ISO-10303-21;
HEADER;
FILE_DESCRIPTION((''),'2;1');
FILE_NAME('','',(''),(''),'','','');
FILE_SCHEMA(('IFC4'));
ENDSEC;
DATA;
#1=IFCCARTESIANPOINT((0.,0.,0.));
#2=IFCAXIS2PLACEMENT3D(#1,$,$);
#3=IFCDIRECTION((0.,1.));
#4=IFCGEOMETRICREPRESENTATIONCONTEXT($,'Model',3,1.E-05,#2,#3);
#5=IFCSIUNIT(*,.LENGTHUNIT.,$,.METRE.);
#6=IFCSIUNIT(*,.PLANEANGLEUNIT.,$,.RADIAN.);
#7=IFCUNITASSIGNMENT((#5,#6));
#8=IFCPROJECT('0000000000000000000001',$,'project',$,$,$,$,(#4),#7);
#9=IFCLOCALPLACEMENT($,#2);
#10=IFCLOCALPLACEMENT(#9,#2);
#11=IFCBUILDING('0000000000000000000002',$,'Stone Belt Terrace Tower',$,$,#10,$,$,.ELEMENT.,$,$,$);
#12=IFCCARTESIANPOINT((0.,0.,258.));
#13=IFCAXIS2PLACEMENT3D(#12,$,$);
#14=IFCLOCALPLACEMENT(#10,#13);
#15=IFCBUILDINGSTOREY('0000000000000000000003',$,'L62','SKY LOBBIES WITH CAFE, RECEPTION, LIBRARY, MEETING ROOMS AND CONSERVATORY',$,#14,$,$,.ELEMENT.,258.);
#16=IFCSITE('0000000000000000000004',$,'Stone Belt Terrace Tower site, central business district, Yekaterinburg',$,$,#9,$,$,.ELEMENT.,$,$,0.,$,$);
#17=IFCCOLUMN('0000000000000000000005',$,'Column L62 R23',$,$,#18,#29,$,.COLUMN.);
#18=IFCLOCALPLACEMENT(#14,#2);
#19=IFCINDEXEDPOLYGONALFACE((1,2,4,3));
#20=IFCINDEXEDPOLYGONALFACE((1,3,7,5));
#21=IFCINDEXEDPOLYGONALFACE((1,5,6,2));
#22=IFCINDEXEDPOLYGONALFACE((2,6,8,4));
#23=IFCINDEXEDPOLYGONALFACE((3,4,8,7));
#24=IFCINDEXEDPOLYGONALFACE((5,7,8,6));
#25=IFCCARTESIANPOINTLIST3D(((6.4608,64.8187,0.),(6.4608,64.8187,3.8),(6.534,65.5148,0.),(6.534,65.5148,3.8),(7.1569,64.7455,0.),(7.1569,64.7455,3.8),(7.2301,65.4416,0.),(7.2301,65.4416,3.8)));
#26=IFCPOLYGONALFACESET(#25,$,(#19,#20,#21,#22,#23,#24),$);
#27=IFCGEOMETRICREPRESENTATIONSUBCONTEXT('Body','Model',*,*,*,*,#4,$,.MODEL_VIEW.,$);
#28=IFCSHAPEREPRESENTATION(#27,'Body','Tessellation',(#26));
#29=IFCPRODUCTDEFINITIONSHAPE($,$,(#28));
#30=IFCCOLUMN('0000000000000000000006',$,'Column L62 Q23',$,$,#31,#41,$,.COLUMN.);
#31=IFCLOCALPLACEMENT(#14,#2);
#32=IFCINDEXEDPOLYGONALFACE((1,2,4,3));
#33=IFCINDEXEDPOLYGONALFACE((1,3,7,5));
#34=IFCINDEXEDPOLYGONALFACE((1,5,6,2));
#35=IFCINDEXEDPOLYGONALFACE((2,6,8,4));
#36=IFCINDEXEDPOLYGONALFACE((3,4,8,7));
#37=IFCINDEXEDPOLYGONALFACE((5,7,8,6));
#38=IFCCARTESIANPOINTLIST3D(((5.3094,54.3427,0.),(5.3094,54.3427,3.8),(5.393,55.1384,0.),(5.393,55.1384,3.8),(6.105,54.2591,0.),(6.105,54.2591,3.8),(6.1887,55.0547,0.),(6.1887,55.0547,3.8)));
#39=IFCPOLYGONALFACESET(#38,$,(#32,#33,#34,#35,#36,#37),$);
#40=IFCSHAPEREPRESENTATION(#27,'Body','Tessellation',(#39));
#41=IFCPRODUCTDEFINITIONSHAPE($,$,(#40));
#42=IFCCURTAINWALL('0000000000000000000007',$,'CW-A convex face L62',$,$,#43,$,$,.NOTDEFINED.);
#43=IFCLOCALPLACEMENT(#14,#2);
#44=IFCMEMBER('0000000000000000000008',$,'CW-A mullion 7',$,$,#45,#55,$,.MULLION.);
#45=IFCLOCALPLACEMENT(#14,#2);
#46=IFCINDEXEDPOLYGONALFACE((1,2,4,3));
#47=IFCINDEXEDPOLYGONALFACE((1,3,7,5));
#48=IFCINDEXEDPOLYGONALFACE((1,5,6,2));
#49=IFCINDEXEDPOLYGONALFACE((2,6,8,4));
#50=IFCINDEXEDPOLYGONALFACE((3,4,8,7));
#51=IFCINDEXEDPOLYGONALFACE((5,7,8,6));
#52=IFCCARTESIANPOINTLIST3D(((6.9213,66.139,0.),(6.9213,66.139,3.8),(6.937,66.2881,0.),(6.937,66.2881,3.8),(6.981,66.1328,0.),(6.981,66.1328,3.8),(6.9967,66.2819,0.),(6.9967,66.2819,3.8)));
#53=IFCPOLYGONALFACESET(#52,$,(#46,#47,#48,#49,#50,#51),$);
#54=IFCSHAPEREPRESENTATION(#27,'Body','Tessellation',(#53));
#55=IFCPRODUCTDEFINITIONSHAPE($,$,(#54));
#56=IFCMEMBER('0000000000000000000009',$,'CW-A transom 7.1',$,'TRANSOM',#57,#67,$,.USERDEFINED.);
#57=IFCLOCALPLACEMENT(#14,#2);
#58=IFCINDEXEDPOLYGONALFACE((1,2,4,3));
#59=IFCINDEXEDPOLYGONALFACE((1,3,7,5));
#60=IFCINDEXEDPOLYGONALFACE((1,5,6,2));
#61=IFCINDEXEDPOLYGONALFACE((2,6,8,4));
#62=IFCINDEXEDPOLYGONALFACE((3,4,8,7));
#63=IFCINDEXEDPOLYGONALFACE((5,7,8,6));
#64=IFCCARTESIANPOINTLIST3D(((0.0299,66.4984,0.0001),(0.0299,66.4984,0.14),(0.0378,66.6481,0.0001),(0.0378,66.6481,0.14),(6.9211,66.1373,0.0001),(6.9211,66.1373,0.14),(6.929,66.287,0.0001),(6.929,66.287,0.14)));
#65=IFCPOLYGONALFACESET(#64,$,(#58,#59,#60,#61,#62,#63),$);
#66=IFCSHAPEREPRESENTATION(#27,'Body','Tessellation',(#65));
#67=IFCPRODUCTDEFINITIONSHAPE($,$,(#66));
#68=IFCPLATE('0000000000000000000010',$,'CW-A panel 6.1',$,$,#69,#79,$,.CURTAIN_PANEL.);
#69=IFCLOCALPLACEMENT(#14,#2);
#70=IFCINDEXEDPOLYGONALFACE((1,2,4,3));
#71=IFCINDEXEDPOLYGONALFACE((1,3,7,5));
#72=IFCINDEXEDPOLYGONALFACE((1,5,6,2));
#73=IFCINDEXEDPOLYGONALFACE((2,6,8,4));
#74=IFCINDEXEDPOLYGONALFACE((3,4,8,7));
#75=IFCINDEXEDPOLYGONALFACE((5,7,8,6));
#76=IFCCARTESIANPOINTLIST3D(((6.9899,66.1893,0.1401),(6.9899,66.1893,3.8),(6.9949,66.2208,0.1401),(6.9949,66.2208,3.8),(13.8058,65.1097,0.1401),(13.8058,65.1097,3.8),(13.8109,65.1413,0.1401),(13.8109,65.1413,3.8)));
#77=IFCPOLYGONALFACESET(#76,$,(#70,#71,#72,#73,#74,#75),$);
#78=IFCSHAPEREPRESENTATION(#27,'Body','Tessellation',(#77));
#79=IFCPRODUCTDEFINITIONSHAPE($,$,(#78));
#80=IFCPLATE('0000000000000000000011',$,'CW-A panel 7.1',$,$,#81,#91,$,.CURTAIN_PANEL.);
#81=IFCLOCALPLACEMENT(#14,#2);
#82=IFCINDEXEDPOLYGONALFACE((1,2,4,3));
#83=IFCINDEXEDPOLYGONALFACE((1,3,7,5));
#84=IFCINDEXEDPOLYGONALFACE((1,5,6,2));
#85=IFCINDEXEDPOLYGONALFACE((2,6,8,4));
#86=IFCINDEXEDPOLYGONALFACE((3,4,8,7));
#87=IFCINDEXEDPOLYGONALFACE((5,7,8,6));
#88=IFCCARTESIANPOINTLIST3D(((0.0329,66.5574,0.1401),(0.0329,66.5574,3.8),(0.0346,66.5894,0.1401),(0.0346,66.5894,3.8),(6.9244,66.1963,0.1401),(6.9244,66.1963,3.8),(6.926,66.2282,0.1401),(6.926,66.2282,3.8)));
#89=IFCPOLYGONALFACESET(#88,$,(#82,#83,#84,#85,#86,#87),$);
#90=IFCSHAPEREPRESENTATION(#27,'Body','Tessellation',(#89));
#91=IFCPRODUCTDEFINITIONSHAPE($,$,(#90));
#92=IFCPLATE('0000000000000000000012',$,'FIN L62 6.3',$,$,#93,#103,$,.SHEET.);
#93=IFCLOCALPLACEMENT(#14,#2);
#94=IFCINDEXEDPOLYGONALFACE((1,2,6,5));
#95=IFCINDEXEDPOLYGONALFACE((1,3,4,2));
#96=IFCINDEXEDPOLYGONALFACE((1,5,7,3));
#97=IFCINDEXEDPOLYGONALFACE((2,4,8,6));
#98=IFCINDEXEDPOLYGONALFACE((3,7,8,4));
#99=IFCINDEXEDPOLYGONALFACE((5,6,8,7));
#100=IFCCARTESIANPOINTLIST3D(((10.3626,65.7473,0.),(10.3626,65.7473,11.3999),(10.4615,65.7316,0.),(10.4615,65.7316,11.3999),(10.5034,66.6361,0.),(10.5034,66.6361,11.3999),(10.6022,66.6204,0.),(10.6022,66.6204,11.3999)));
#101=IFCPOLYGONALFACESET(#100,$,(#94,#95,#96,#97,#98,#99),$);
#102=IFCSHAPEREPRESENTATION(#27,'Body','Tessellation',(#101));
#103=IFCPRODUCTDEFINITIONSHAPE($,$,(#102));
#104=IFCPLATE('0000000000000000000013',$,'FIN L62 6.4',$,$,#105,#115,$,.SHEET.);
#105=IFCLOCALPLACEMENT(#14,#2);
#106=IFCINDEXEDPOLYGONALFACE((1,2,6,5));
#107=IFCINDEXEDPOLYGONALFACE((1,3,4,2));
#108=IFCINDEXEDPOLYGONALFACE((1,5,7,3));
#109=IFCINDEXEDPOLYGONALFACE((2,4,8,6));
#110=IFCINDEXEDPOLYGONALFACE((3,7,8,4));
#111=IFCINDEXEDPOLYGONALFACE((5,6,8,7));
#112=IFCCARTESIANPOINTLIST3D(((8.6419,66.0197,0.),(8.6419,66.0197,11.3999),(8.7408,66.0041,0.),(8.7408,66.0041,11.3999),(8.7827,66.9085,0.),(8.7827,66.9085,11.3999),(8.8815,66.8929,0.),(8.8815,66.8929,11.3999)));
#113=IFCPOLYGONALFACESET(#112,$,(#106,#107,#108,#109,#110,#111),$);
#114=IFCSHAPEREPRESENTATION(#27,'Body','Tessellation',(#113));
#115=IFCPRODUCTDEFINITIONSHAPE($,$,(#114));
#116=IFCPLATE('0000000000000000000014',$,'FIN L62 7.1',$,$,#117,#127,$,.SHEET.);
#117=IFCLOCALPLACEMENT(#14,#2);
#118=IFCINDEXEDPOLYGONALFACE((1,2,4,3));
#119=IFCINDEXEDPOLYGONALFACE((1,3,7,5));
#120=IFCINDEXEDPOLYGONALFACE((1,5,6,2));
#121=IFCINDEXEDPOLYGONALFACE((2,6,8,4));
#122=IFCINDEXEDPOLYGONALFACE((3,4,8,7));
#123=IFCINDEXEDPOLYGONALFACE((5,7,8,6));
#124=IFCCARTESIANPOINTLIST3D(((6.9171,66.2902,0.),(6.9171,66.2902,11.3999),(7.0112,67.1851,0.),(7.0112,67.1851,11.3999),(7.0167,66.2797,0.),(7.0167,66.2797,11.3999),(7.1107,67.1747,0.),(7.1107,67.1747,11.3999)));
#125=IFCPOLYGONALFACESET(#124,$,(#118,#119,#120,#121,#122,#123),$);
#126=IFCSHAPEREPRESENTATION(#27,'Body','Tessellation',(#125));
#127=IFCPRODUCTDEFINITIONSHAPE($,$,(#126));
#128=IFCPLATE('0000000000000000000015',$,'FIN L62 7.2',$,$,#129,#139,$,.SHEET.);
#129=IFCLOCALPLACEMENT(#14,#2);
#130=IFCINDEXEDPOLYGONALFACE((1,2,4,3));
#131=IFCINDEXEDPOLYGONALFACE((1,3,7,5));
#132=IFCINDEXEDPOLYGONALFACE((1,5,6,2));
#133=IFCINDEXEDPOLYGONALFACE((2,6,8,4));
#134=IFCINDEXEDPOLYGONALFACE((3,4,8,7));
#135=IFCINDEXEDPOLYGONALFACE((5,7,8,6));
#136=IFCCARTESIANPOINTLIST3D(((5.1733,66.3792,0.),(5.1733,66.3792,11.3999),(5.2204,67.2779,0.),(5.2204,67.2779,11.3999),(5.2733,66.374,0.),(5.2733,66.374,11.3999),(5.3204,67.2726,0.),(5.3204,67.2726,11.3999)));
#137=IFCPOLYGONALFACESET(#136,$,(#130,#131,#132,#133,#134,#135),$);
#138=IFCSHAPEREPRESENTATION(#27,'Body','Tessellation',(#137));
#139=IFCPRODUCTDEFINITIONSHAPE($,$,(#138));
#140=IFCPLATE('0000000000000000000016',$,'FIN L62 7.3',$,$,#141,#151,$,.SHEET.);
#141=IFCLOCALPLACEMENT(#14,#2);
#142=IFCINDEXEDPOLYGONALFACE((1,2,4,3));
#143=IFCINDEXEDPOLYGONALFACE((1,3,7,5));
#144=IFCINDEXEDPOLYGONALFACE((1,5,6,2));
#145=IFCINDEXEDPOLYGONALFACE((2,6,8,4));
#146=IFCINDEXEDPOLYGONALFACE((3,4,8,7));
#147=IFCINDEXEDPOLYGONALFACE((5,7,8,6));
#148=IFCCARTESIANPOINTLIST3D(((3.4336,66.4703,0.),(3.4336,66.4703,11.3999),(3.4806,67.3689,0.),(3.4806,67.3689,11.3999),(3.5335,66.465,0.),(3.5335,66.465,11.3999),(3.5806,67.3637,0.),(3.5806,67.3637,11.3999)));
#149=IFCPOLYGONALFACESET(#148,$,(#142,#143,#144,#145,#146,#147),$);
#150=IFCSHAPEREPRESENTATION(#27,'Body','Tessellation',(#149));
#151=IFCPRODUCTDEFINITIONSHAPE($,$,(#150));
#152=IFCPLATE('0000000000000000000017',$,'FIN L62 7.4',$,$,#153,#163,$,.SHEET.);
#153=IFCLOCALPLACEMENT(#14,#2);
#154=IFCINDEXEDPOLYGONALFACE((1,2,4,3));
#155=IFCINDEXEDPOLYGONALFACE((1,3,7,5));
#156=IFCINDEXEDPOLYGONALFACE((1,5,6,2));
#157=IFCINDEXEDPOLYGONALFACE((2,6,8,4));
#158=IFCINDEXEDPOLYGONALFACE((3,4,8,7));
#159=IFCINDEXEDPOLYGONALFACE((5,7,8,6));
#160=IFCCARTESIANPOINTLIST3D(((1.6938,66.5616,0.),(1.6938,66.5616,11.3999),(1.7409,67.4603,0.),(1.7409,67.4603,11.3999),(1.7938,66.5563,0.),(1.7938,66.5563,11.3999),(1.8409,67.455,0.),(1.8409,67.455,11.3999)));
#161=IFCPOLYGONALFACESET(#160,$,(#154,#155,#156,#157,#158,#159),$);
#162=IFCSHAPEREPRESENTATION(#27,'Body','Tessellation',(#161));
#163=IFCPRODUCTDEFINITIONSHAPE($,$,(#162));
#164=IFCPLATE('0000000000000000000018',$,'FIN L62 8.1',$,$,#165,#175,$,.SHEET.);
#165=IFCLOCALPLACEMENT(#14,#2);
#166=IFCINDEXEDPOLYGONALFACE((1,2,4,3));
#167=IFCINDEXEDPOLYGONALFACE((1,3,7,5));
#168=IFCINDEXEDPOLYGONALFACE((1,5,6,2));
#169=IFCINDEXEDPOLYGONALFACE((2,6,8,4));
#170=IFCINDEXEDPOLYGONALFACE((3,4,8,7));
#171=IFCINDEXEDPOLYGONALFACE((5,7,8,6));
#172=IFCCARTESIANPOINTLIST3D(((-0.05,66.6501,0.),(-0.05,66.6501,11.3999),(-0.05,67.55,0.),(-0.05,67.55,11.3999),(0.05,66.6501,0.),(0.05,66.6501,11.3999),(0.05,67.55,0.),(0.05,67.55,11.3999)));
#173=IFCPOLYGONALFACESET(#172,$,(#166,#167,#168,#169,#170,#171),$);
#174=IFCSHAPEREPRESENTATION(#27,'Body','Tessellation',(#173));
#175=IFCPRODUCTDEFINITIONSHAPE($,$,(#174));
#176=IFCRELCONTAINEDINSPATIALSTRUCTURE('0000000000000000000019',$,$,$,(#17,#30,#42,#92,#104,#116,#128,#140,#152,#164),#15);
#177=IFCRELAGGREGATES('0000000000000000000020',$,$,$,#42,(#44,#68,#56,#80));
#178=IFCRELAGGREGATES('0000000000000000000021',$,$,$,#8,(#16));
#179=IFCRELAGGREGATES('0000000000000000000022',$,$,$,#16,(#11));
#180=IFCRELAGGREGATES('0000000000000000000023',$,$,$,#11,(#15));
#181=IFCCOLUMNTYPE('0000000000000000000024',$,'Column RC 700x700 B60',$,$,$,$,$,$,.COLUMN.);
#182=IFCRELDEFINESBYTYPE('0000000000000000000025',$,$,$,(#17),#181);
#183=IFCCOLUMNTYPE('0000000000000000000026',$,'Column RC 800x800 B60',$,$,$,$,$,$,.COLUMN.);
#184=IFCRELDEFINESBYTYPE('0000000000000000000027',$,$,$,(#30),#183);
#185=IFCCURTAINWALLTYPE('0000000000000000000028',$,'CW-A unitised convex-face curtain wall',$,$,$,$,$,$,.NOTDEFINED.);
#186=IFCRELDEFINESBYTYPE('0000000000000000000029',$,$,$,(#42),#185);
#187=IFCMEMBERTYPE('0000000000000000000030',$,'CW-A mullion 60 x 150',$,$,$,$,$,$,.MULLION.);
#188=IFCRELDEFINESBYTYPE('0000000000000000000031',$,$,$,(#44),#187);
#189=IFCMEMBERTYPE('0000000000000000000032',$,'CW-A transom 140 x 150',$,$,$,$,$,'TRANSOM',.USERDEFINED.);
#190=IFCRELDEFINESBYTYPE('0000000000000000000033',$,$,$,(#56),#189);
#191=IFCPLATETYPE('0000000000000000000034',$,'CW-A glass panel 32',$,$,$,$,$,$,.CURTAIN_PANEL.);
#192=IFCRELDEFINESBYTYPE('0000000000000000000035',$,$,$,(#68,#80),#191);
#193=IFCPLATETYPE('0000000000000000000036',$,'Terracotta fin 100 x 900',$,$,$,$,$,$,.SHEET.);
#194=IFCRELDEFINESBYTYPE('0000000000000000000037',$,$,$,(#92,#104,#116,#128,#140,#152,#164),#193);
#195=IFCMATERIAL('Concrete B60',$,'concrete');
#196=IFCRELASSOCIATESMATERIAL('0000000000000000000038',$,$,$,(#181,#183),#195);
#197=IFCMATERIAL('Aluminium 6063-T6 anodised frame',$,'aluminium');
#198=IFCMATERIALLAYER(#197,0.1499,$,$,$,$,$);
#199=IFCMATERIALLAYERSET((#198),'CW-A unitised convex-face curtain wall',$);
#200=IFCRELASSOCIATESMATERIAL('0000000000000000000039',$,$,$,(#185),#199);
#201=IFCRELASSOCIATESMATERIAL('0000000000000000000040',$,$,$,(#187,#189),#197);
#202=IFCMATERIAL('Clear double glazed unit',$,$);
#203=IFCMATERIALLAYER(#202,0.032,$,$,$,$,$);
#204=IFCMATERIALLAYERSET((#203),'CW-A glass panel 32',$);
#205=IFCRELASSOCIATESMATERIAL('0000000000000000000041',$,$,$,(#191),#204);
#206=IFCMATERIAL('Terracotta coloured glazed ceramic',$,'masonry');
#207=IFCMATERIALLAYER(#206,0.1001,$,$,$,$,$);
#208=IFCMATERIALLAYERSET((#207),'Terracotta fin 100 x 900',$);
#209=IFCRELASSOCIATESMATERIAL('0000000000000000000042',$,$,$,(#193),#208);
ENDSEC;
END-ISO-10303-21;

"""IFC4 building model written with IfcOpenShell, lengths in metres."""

from ifc_helpers import new_model, si_unit, direction, frame, origin, origin_2d, place, context, subcontext, project, spatial, rectangle, extrude, material, layer, layer_set, material_profile, profile_set, type_object, element, aggregate, save


model = new_model("IFC4")

# Units and contexts
model_context = context("Model", 3, precision=1e-05, world=origin(), true_north=direction((0.0, 1.0)))
body_context = subcontext(model_context, "Body", "Model", "MODEL_VIEW")
ifc_project = project(units=[si_unit("LENGTHUNIT", "METRE"), si_unit("PLANEANGLEUNIT", "RADIAN")], contexts=[model_context])

# Site, building, storey
site_placement = place(None, origin())
site = spatial("IfcSite", under=ifc_project, at=site_placement, Name="Stone Belt Terrace Tower site, central business district, Yekaterinburg", CompositionType="ELEMENT", RefElevation=0.0)
building_placement = place(site_placement, origin())
building = spatial("IfcBuilding", under=site, at=building_placement, Name="Stone Belt Terrace Tower", CompositionType="ELEMENT")
storey_placement = place(building_placement, frame((0.0, 0.0, 258.0)))
storey = spatial("IfcBuildingStorey", under=building, at=storey_placement, Name="L62", Description="SKY LOBBIES WITH CAFE, RECEPTION, LIBRARY, MEETING ROOMS AND CONSERVATORY", CompositionType="ELEMENT", Elevation=258.0)

# Columns
ifc_material_1 = material(Name="Concrete B60", Category="concrete")
ifc_material_profile_1 = material_profile(ifc_material_1, rectangle(XDim=0.7, YDim=0.7, at=origin_2d()), Name="RC 700x700")
ifc_profile_set_1 = profile_set([ifc_material_profile_1], Name="Concrete B60")
column_type_1 = type_object("IfcColumnType", Name="Column RC 700x700 B60", PredefinedType="COLUMN", material=ifc_profile_set_1)
column_1_placement = place(storey_placement, frame((6.8455, 65.1301, 0.0), z_axis=(0.0, 0.0, 1.0), x_axis=(0.994522, -0.104528, 0.0)))
element("IfcColumn", 1, at=column_1_placement, inside=storey, type_object=column_type_1, Name="Column L62 R23", PredefinedType="COLUMN", context=body_context, shape_type="SweptSolid", body=[
    extrude(rectangle(XDim=0.7, YDim=0.7, at=origin_2d()), origin(), (0.0, 0.0, 1.0), 3.8),
])
ifc_material_profile_2 = material_profile(ifc_material_1, rectangle(XDim=0.8, YDim=0.8, at=origin_2d()), Name="RC 800x800")
ifc_profile_set_2 = profile_set([ifc_material_profile_2], Name="Concrete B60")
column_type_2 = type_object("IfcColumnType", Name="Column RC 800x800 B60", PredefinedType="COLUMN", material=ifc_profile_set_2)
column_2_placement = place(storey_placement, frame((5.749, 54.6987, 0.0), z_axis=(0.0, 0.0, 1.0), x_axis=(0.994522, -0.104528, 0.0)))
element("IfcColumn", 2, at=column_2_placement, inside=storey, type_object=column_type_2, Name="Column L62 Q23", PredefinedType="COLUMN", context=body_context, shape_type="SweptSolid", body=[
    extrude(rectangle(XDim=0.8, YDim=0.8, at=origin_2d()), origin(), (0.0, 0.0, 1.0), 3.8),
])

# Curtain wall, members, plates
ifc_material_2 = material(Name="Aluminium 6063-T6 anodised frame", Category="aluminium")
ifc_layer_1 = layer(ifc_material_2, 0.1499)
ifc_layer_set_1 = layer_set([ifc_layer_1], Name="CW-A unitised convex-face curtain wall")
curtain_wall_type = type_object("IfcCurtainWallType", Name="CW-A unitised convex-face curtain wall", PredefinedType="NOTDEFINED", material=ifc_layer_set_1)
curtain_wall_placement = place(storey_placement, origin())
curtain_wall = element("IfcCurtainWall", 3, at=curtain_wall_placement, inside=storey, type_object=curtain_wall_type, Name="CW-A convex face L62", PredefinedType="NOTDEFINED")
ifc_material_profile_3 = material_profile(ifc_material_2, rectangle(XDim=0.1499, YDim=0.0601, at=origin_2d()), Name="Aluminium 6063-T6 60x150")
ifc_profile_set_3 = profile_set([ifc_material_profile_3], Name="Aluminium 6063-T6 anodised frame")
member_type_1 = type_object("IfcMemberType", Name="CW-A mullion 60 x 150", PredefinedType="MULLION", material=ifc_profile_set_3)
member_1_placement = place(storey_placement, frame((6.959, 66.2104, 0.0), z_axis=(0.0, 0.0, 1.0), x_axis=(-0.104528, -0.994522, 0.0)))
member_1 = element("IfcMember", 4, at=member_1_placement, type_object=member_type_1, Name="CW-A mullion 7", PredefinedType="MULLION", context=body_context, shape_type="SweptSolid", body=[
    extrude(rectangle(XDim=0.1499, YDim=0.0601, at=origin_2d()), origin(), (0.0, 0.0, 1.0), 3.8),
])
ifc_material_profile_4 = material_profile(ifc_material_2, rectangle(XDim=0.1499, YDim=0.1399, at=origin_2d()), Name="Aluminium 6063-T6 150x140")
ifc_profile_set_4 = profile_set([ifc_material_profile_4], Name="Aluminium 6063-T6 anodised frame")
member_type_2 = type_object("IfcMemberType", Name="CW-A transom 140 x 150", ElementType="TRANSOM", PredefinedType="USERDEFINED", material=ifc_profile_set_4)
member_2_placement = place(storey_placement, frame((6.925, 66.2122, 0.0701), z_axis=(-0.99863, 0.052327, 0.0), x_axis=(-0.052327, -0.99863, 0.0)))
member_2 = element("IfcMember", 5, at=member_2_placement, type_object=member_type_2, Name="CW-A transom 7.1", ObjectType="TRANSOM", PredefinedType="USERDEFINED", context=body_context, shape_type="SweptSolid", body=[
    extrude(rectangle(XDim=0.1499, YDim=0.1399, at=origin_2d()), origin(), (0.0, 0.0, 1.0), 6.9006),
])
ifc_material_3 = material(Name="Clear double glazed unit")
ifc_layer_2 = layer(ifc_material_3, 0.032)
ifc_layer_set_2 = layer_set([ifc_layer_2], Name="CW-A glass panel 32")
plate_type_1 = type_object("IfcPlateType", Name="CW-A glass panel 32", PredefinedType="CURTAIN_PANEL", material=ifc_layer_set_2)
plate_1_placement = place(storey_placement, frame((10.4004, 65.6653, 0.1401), z_axis=(0.0, 0.0, 1.0), x_axis=(-0.987688, 0.156434, 0.0)))
plate_1 = element("IfcPlate", 6, at=plate_1_placement, type_object=plate_type_1, Name="CW-A panel 6.1", PredefinedType="CURTAIN_PANEL", context=body_context, shape_type="SweptSolid", body=[
    extrude(rectangle(XDim=6.9009, YDim=0.032, at=origin_2d()), origin(), (0.0, 0.0, 1.0), 3.6599),
])
plate_2_placement = place(storey_placement, frame((3.4795, 66.3928, 0.1401), z_axis=(0.0, 0.0, 1.0), x_axis=(-0.99863, 0.052336, 0.0)))
plate_2 = element("IfcPlate", 7, at=plate_2_placement, type_object=plate_type_1, Name="CW-A panel 7.1", PredefinedType="CURTAIN_PANEL", context=body_context, shape_type="SweptSolid", body=[
    extrude(rectangle(XDim=6.9009, YDim=0.032, at=origin_2d()), origin(), (0.0, 0.0, 1.0), 3.6599),
])
aggregate(curtain_wall, [member_1, plate_1, member_2, plate_2])

# Plates
ifc_material_4 = material(Name="Terracotta coloured glazed ceramic", Category="masonry")
ifc_layer_3 = layer(ifc_material_4, 0.1001)
ifc_layer_set_3 = layer_set([ifc_layer_3], Name="Terracotta fin 100 x 900")
plate_type_2 = type_object("IfcPlateType", Name="Terracotta fin 100 x 900", PredefinedType="SHEET", material=ifc_layer_set_3)
for number, where, z_axis, x_axis, name in (
    (8, (10.4824, 66.1838, 0.0), (0.0, 0.0, 1.0), (0.156434, 0.987688, 0.0), "FIN L62 6.3"),
    (9, (8.7617, 66.4563, 0.0), (0.0, 0.0, 1.0), (0.156434, 0.987688, 0.0), "FIN L62 6.4"),
    (10, (7.0139, 66.7324, 0.0), (0.0, 0.0, 1.0), (0.104528, 0.994522, 0.0), "FIN L62 7.1"),
    (11, (5.2468, 66.8259, 0.0), (0.0, 0.0, 1.0), (0.052336, 0.99863, 0.0), "FIN L62 7.2"),
    (12, (3.5071, 66.917, 0.0), (0.0, 0.0, 1.0), (0.052336, 0.99863, 0.0), "FIN L62 7.3"),
    (13, (1.7673, 67.0083, 0.0), (0.0, 0.0, 1.0), (0.052336, 0.99863, 0.0), "FIN L62 7.4"),
    (14, (0.0, 67.1001, 0.0), (0.0, 0.0, 1.0), (0.0, 1.0, 0.0), "FIN L62 8.1"),
):
    element("IfcPlate", number, at=place(storey_placement, frame(where, z_axis=z_axis, x_axis=x_axis)), inside=storey, type_object=plate_type_2, Name=name, PredefinedType="SHEET", context=body_context, shape_type="SweptSolid", body=[
        extrude(rectangle(XDim=0.8999, YDim=0.1001, at=origin_2d()), origin(), (0.0, 0.0, 1.0), 11.3999),
    ])

save(model, "model.ifc")
